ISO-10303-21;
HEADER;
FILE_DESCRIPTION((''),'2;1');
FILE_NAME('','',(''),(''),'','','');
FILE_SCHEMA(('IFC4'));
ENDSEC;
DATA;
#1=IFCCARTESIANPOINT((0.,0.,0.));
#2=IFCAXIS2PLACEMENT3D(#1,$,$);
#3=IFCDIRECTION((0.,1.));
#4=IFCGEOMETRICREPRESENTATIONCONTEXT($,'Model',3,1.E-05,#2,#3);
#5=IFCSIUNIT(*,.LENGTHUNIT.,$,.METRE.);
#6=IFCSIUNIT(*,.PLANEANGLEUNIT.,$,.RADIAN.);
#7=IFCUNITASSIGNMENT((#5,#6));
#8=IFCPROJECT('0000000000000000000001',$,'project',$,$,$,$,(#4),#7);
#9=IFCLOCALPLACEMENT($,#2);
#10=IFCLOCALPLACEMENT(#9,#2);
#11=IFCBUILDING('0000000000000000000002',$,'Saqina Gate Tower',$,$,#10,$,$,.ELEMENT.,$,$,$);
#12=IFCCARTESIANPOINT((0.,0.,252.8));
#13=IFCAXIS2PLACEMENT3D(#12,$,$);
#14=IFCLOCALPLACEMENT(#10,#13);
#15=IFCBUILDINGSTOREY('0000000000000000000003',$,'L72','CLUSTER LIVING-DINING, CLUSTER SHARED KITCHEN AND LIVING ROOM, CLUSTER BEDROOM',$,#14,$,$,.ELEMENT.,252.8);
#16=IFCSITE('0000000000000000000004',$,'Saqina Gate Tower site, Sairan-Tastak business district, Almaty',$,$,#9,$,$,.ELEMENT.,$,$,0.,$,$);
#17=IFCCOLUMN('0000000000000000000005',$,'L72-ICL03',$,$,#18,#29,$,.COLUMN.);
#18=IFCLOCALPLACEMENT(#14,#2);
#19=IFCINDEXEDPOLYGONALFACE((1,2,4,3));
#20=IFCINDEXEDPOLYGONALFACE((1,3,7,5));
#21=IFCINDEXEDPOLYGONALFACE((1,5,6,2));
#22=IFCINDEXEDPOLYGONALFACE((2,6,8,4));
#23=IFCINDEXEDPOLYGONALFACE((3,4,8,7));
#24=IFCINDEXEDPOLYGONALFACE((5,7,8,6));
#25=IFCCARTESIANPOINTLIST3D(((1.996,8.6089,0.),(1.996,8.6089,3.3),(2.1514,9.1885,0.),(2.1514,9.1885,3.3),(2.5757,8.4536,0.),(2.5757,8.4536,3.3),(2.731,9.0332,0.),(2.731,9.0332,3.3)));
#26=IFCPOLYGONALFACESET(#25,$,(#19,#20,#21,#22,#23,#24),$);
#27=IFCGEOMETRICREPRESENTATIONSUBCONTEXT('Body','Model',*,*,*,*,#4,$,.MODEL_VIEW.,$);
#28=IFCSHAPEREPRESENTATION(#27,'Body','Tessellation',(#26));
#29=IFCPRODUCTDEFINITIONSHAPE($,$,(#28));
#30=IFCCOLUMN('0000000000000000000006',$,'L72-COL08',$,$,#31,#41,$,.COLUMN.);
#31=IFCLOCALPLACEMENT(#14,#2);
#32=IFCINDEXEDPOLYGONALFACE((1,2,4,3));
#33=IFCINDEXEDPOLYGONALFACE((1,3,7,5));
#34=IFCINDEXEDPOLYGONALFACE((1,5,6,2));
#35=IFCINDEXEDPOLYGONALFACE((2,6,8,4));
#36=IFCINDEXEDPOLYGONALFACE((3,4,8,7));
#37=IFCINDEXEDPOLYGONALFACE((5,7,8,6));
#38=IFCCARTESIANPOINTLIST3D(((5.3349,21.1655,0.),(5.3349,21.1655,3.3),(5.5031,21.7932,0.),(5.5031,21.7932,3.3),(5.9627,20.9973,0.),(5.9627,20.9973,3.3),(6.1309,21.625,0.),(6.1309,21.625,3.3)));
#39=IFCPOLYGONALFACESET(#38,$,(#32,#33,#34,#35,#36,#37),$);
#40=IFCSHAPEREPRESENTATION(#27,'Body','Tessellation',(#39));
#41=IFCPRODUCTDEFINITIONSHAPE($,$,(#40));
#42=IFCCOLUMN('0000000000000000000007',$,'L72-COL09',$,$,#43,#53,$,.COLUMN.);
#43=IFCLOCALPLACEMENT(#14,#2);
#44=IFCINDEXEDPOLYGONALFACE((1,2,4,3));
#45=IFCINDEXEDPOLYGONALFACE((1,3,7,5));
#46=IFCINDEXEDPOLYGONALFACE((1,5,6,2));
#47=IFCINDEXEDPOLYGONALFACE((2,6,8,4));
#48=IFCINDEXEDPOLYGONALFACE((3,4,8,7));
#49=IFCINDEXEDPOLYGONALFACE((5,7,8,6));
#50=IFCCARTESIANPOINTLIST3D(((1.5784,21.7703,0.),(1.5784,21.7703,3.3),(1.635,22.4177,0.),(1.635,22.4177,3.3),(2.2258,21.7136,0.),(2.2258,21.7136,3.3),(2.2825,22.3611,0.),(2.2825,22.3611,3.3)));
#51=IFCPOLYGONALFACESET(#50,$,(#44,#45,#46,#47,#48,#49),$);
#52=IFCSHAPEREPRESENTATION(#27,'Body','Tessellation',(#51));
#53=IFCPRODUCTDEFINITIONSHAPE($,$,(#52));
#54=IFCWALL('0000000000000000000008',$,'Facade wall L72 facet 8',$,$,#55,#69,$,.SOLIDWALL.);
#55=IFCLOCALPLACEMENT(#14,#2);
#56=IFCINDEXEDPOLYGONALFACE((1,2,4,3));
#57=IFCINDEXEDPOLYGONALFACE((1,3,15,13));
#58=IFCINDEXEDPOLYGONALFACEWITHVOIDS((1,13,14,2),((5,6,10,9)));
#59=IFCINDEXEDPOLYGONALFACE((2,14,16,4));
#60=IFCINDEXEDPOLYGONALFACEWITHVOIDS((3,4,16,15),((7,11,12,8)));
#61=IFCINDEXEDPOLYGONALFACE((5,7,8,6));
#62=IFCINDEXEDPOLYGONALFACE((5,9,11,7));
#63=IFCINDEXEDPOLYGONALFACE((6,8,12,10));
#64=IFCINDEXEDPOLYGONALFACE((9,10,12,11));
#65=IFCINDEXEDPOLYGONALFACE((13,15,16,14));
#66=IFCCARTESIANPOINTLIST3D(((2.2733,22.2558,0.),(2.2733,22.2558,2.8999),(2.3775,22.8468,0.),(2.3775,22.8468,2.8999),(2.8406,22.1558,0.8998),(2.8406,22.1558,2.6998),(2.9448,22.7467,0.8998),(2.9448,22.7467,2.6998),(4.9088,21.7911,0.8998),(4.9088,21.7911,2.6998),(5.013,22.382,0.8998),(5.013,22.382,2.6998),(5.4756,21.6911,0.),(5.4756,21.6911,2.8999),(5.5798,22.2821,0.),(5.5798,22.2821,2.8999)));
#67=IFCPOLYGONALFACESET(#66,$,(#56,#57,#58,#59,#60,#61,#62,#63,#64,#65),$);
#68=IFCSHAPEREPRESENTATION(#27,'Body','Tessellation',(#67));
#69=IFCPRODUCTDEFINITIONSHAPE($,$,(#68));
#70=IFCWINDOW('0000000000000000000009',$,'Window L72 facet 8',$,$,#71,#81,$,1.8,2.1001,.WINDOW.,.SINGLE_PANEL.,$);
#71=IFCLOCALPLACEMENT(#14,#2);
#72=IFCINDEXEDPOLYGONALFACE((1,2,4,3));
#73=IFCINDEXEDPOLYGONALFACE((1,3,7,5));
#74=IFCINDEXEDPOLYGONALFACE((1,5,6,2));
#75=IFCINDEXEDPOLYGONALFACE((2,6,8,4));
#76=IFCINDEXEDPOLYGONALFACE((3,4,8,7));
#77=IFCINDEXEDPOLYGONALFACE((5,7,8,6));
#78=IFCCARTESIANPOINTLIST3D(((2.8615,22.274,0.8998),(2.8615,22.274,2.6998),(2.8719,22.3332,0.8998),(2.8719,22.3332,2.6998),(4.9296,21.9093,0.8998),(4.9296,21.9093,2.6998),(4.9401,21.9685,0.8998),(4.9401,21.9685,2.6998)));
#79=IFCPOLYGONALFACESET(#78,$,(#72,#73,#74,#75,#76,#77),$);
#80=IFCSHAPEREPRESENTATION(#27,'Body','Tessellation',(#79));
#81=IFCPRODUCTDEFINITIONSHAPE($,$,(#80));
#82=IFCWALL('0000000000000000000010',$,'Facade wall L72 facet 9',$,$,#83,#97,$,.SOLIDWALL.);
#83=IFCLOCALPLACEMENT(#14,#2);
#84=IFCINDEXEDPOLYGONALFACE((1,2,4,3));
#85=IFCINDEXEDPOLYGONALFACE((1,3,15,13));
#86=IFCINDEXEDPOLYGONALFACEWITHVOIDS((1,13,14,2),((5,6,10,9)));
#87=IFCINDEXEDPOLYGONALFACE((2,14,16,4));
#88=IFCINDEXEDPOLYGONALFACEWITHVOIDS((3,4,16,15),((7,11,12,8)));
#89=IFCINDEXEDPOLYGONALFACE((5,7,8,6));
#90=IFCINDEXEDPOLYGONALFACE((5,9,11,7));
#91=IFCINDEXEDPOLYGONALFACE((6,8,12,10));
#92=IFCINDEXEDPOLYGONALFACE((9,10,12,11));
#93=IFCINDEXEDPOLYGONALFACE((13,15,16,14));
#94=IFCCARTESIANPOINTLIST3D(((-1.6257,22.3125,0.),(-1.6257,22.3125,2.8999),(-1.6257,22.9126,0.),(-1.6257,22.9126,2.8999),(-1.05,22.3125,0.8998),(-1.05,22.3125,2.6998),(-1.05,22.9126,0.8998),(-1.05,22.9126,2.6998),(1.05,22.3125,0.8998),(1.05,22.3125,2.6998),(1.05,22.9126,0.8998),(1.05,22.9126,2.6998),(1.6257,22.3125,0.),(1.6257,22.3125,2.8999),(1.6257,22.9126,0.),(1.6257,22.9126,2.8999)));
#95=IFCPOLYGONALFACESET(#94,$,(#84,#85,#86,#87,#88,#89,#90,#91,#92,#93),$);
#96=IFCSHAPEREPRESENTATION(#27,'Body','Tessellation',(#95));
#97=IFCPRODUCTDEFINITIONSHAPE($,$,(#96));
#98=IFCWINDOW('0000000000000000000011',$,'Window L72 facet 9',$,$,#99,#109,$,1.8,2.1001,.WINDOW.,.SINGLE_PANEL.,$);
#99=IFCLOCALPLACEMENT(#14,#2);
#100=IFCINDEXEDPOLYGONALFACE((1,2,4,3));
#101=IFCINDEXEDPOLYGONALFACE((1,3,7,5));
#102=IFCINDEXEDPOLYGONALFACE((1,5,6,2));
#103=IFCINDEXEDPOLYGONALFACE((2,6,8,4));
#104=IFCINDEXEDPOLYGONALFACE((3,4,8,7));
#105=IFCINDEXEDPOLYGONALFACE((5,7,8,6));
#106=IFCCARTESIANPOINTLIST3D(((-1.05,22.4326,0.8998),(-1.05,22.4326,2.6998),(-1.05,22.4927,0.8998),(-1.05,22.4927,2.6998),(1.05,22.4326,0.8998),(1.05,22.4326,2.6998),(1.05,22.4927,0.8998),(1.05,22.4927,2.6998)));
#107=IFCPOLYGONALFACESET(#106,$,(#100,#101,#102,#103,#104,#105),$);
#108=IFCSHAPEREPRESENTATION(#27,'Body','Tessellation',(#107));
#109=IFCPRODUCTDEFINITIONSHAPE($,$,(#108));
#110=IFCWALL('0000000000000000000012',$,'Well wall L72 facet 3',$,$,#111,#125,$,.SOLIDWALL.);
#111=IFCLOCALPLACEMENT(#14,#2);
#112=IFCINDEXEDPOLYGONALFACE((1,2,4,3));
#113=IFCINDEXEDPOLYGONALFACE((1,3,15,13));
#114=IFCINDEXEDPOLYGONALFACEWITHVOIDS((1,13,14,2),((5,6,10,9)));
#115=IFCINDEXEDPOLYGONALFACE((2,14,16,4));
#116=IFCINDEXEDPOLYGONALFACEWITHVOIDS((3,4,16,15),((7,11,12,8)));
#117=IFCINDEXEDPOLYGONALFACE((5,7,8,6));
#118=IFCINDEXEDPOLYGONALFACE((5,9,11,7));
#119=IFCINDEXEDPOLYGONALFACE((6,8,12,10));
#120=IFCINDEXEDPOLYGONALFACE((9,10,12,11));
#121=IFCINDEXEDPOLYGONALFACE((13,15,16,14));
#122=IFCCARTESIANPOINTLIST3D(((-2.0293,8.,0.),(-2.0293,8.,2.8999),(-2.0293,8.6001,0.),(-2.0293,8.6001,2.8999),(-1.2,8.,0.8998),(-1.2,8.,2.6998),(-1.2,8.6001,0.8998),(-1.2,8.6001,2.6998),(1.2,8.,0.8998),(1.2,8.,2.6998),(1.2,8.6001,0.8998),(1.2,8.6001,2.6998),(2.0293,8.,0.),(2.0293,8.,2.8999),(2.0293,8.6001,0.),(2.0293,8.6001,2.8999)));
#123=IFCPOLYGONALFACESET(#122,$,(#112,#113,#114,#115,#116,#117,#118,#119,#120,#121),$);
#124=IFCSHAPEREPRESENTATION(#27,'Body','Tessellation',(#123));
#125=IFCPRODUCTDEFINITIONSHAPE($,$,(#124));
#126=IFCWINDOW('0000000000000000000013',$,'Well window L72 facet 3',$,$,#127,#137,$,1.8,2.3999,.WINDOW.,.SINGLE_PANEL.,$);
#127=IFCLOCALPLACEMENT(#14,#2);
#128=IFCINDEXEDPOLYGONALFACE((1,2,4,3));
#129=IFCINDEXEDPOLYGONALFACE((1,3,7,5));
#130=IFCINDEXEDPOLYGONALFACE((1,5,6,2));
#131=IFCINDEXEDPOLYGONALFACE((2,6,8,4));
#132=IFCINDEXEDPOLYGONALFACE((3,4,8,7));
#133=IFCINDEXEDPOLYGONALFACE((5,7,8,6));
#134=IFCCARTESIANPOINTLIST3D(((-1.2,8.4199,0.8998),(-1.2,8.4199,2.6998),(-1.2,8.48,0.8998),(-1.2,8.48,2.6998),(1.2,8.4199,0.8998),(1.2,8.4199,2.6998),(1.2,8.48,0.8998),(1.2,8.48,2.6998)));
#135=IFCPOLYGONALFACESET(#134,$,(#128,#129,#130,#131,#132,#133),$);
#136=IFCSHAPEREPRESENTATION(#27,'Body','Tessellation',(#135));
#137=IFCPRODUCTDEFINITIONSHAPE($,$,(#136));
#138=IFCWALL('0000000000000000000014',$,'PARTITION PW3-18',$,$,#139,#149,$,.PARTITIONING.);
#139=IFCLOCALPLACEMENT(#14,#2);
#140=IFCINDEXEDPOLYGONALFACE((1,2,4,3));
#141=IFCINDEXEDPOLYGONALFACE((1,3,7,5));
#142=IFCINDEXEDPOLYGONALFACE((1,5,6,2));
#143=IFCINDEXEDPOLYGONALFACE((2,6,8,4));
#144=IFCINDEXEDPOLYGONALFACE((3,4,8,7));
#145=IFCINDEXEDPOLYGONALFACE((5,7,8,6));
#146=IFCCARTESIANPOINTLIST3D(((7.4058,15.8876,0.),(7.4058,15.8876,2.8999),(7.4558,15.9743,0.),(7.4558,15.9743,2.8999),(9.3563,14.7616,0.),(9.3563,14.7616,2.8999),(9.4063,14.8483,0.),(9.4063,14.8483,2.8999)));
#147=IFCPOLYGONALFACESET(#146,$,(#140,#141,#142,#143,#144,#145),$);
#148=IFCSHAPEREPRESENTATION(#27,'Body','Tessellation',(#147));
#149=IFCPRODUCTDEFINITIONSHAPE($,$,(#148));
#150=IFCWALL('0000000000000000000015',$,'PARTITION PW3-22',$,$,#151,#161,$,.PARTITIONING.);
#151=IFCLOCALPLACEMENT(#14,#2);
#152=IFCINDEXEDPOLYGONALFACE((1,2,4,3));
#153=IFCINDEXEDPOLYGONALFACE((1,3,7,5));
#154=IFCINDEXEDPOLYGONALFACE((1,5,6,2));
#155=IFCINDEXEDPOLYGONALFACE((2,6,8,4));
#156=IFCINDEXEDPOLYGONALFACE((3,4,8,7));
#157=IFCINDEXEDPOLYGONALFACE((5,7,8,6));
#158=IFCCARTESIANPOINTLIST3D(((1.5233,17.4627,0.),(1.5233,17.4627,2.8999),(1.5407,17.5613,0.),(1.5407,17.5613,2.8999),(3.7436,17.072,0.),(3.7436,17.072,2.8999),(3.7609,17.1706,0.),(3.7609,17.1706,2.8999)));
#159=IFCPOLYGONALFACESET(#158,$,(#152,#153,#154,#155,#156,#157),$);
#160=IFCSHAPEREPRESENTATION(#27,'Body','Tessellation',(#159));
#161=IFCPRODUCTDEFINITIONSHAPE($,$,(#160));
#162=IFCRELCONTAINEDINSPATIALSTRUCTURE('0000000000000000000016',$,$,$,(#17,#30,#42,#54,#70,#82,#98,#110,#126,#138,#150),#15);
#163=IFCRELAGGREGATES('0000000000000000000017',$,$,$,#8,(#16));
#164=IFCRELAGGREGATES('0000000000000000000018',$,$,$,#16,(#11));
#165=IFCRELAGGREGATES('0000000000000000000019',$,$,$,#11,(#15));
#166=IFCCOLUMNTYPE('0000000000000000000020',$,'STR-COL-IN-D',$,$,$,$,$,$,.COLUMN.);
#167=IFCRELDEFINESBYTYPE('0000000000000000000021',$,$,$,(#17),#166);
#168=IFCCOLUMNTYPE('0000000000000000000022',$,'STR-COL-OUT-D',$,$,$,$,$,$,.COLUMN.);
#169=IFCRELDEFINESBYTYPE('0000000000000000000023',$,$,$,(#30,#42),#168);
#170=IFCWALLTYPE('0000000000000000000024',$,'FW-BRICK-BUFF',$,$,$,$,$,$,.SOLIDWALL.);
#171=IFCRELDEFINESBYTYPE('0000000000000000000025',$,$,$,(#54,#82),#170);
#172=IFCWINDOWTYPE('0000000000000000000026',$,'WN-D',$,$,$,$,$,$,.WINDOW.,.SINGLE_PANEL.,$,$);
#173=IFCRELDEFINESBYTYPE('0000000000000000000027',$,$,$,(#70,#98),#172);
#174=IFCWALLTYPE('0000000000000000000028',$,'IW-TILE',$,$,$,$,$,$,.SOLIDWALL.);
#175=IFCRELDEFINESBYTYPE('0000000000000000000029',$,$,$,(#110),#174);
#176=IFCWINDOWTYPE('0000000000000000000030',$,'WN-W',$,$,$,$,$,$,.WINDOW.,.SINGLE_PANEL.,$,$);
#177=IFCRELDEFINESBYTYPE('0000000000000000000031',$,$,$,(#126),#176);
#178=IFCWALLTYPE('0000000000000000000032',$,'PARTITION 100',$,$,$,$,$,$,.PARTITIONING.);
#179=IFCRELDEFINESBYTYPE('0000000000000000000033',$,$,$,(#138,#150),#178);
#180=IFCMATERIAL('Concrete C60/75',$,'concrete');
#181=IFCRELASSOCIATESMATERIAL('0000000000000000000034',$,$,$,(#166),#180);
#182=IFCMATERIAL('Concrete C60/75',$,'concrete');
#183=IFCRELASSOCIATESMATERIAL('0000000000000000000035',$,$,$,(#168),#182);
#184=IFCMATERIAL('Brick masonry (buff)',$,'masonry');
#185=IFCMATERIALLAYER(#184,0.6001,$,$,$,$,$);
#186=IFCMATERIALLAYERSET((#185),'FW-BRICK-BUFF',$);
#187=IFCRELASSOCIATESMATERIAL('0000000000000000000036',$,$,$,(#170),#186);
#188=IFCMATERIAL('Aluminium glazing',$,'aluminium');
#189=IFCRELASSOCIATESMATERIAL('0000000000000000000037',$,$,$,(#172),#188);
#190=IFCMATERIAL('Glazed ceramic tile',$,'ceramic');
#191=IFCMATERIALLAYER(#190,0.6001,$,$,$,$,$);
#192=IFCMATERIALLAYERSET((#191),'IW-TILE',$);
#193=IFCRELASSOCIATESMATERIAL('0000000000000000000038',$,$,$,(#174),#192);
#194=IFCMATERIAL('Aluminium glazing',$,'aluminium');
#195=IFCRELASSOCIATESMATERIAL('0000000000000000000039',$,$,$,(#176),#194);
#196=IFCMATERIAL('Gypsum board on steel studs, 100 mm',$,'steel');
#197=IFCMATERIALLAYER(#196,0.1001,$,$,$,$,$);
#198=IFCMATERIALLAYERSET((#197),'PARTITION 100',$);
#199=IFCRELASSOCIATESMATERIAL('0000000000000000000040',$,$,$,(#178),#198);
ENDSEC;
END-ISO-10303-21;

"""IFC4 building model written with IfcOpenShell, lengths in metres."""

from ifc_helpers import new_model, si_unit, direction, frame, frame_2d, origin, origin_2d, place, context, subcontext, project, spatial, rectangle, extrude, material, layer, layer_set, material_profile, profile_set, type_object, element, fill, save


model = new_model("IFC4")

# Units and contexts
model_context = context("Model", 3, precision=1e-05, world=origin(), true_north=direction((0.0, 1.0)))
body_context = subcontext(model_context, "Body", "Model", "MODEL_VIEW")
ifc_project = project(units=[si_unit("LENGTHUNIT", "METRE"), si_unit("PLANEANGLEUNIT", "RADIAN")], contexts=[model_context])

# Site, building, storey
site_placement = place(None, origin())
site = spatial("IfcSite", under=ifc_project, at=site_placement, Name="Saqina Gate Tower site, Sairan-Tastak business district, Almaty", CompositionType="ELEMENT", RefElevation=0.0)
building_placement = place(site_placement, origin())
building = spatial("IfcBuilding", under=site, at=building_placement, Name="Saqina Gate Tower", CompositionType="ELEMENT")
storey_placement = place(building_placement, frame((0.0, 0.0, 252.8)))
storey = spatial("IfcBuildingStorey", under=building, at=storey_placement, Name="L72", Description="CLUSTER LIVING-DINING, CLUSTER SHARED KITCHEN AND LIVING ROOM, CLUSTER BEDROOM", CompositionType="ELEMENT", Elevation=252.8)

# Columns
ifc_material_1 = material(Name="Concrete C60/75", Category="concrete")
ifc_material_profile_1 = material_profile(ifc_material_1, rectangle(XDim=0.6001, YDim=0.6001, at=origin_2d()), Name="RC 600x600")
ifc_profile_set_1 = profile_set([ifc_material_profile_1], Name="Concrete C60/75")
column_type_1 = type_object("IfcColumnType", Name="STR-COL-IN-D", PredefinedType="COLUMN", material=ifc_profile_set_1)
column_placement = place(storey_placement, frame((2.3635, 8.821, 0.0), z_axis=(0.0, 0.0, 1.0), x_axis=(0.258819, 0.965926, 0.0)))
element("IfcColumn", 1, at=column_placement, inside=storey, type_object=column_type_1, Name="L72-ICL03", PredefinedType="COLUMN", context=body_context, shape_type="SweptSolid", body=[
    extrude(rectangle(XDim=0.6001, YDim=0.6001, at=origin_2d()), origin(), (0.0, 0.0, 1.0), 3.3),
])
ifc_material_2 = material(Name="Concrete C60/75", Category="concrete")
ifc_material_profile_2 = material_profile(ifc_material_2, rectangle(XDim=0.6499, YDim=0.6499, at=origin_2d()), Name="RC 650x650")
ifc_profile_set_2 = profile_set([ifc_material_profile_2], Name="Concrete C60/75")
column_type_2 = type_object("IfcColumnType", Name="STR-COL-OUT-D", PredefinedType="COLUMN", material=ifc_profile_set_2)
for number, where, z_axis, x_axis, name in (
    (2, (5.7329, 21.3953, 0.0), (0.0, 0.0, 1.0), (0.258819, 0.965926, 0.0), "L72-COL08"),
    (3, (1.9304, 22.0657, 0.0), (0.0, 0.0, 1.0), (0.087156, 0.996195, 0.0), "L72-COL09"),
):
    element("IfcColumn", number, at=place(storey_placement, frame(where, z_axis=z_axis, x_axis=x_axis)), inside=storey, type_object=column_type_2, Name=name, PredefinedType="COLUMN", context=body_context, shape_type="SweptSolid", body=[
        extrude(rectangle(XDim=0.6499, YDim=0.6499, at=origin_2d()), origin(), (0.0, 0.0, 1.0), 3.3),
    ])

# Walls, openings, windows
ifc_material_3 = material(Name="Brick masonry (buff)", Category="masonry")
ifc_layer_1 = layer(ifc_material_3, 0.6001)
ifc_layer_set_1 = layer_set([ifc_layer_1], Name="FW-BRICK-BUFF")
wall_type_1 = type_object("IfcWallType", Name="FW-BRICK-BUFF", PredefinedType="SOLIDWALL", material=ifc_layer_set_1)
wall_1_placement = place(storey_placement, frame((5.5278, 21.9866, 0.0), z_axis=(0.0, 0.0, 1.0), x_axis=(-0.984806, 0.173657, 0.0)))
wall_1 = element("IfcWall", 4, at=wall_1_placement, inside=storey, type_object=wall_type_1, Name="Facade wall L72 facet 8", PredefinedType="SOLIDWALL", context=body_context, shape_type="SweptSolid", body=[
    extrude(rectangle(XDim=3.2517, YDim=0.6001, at=frame_2d((1.626, 0.0))), origin(), (0.0, 0.0, 1.0), 2.8999),
])
opening_1_placement = place(wall_1_placement, frame((0.5757, 0.0, 0.8999)))
opening_1 = element("IfcOpeningElement", 5, at=opening_1_placement, cuts=wall_1, PredefinedType="OPENING", context=body_context, shape_type="SweptSolid", body=[
    extrude(rectangle(XDim=2.1001, YDim=1.8, at=frame_2d((1.05, 0.8999))), frame((0.0, 0.312, 0.0), z_axis=(0.0, -1.0, 0.0), x_axis=(1.0, 0.0, 0.0)), (0.0, 0.0, 1.0), 0.624),
])
ifc_material_4 = material(Name="Aluminium glazing", Category="aluminium")
window_type_1 = type_object("IfcWindowType", Name="WN-D", PartitioningType="SINGLE_PANEL", PredefinedType="WINDOW", material=ifc_material_4)
window_1_placement = place(opening_1_placement, origin())
window_1 = element("IfcWindow", 6, at=window_1_placement, inside=storey, type_object=window_type_1, Name="Window L72 facet 8", OverallHeight=1.8, OverallWidth=2.1001, PartitioningType="SINGLE_PANEL", PredefinedType="WINDOW", context=body_context, shape_type="SweptSolid", body=[
    extrude(rectangle(XDim=2.1001, YDim=1.8, at=frame_2d((1.05, 0.8999))), frame((0.0, 0.1799, 0.0), z_axis=(0.0, -1.0, 0.0), x_axis=(1.0, 0.0, 0.0)), (0.0, 0.0, 1.0), 0.0601),
])
fill(opening_1, window_1)
wall_2_placement = place(storey_placement, frame((1.6257, 22.6125, 0.0), z_axis=(0.0, 0.0, 1.0), x_axis=(-1.0, 0.0, 0.0)))
wall_2 = element("IfcWall", 7, at=wall_2_placement, inside=storey, type_object=wall_type_1, Name="Facade wall L72 facet 9", PredefinedType="SOLIDWALL", context=body_context, shape_type="SweptSolid", body=[
    extrude(rectangle(XDim=3.2515, YDim=0.6001, at=frame_2d((1.6257, 0.0))), origin(), (0.0, 0.0, 1.0), 2.8999),
])
opening_2_placement = place(wall_2_placement, frame((0.5757, 0.0, 0.8999)))
opening_2 = element("IfcOpeningElement", 8, at=opening_2_placement, cuts=wall_2, PredefinedType="OPENING", context=body_context, shape_type="SweptSolid", body=[
    extrude(rectangle(XDim=2.1001, YDim=1.8, at=frame_2d((1.05, 0.8999))), frame((0.0, 0.312, 0.0), z_axis=(0.0, -1.0, 0.0), x_axis=(1.0, 0.0, 0.0)), (0.0, 0.0, 1.0), 0.624),
])
window_2_placement = place(opening_2_placement, origin())
window_2 = element("IfcWindow", 9, at=window_2_placement, inside=storey, type_object=window_type_1, Name="Window L72 facet 9", OverallHeight=1.8, OverallWidth=2.1001, PartitioningType="SINGLE_PANEL", PredefinedType="WINDOW", context=body_context, shape_type="SweptSolid", body=[
    extrude(rectangle(XDim=2.1001, YDim=1.8, at=frame_2d((1.05, 0.8999))), frame((0.0, 0.1799, 0.0), z_axis=(0.0, -1.0, 0.0), x_axis=(1.0, 0.0, 0.0)), (0.0, 0.0, 1.0), 0.0601),
])
fill(opening_2, window_2)
ifc_material_5 = material(Name="Glazed ceramic tile", Category="ceramic")
ifc_layer_2 = layer(ifc_material_5, 0.6001)
ifc_layer_set_2 = layer_set([ifc_layer_2], Name="IW-TILE")
wall_type_2 = type_object("IfcWallType", Name="IW-TILE", PredefinedType="SOLIDWALL", material=ifc_layer_set_2)
wall_3_placement = place(storey_placement, frame((2.0293, 8.3, 0.0), z_axis=(0.0, 0.0, 1.0), x_axis=(-1.0, 0.0, 0.0)))
wall_3 = element("IfcWall", 10, at=wall_3_placement, inside=storey, type_object=wall_type_2, Name="Well wall L72 facet 3", PredefinedType="SOLIDWALL", context=body_context, shape_type="SweptSolid", body=[
    extrude(rectangle(XDim=4.0586, YDim=0.6001, at=frame_2d((2.0293, 0.0))), origin(), (0.0, 0.0, 1.0), 2.8999),
])
opening_3_placement = place(wall_3_placement, frame((0.8293, 0.0, 0.8999)))
opening_3 = element("IfcOpeningElement", 11, at=opening_3_placement, cuts=wall_3, PredefinedType="OPENING", context=body_context, shape_type="SweptSolid", body=[
    extrude(rectangle(XDim=2.3999, YDim=1.8, at=frame_2d((1.2, 0.8999))), frame((0.0, 0.312, 0.0), z_axis=(0.0, -1.0, 0.0), x_axis=(1.0, 0.0, 0.0)), (0.0, 0.0, 1.0), 0.624),
])
ifc_material_6 = material(Name="Aluminium glazing", Category="aluminium")
window_type_2 = type_object("IfcWindowType", Name="WN-W", PartitioningType="SINGLE_PANEL", PredefinedType="WINDOW", material=ifc_material_6)
window_3_placement = place(opening_3_placement, origin())
window_3 = element("IfcWindow", 12, at=window_3_placement, inside=storey, type_object=window_type_2, Name="Well window L72 facet 3", OverallHeight=1.8, OverallWidth=2.3999, PartitioningType="SINGLE_PANEL", PredefinedType="WINDOW", context=body_context, shape_type="SweptSolid", body=[
    extrude(rectangle(XDim=2.3999, YDim=1.8, at=frame_2d((1.2, 0.8999))), frame((0.0, -0.1199, 0.0), z_axis=(0.0, -1.0, 0.0), x_axis=(1.0, 0.0, 0.0)), (0.0, 0.0, 1.0), 0.0601),
])
fill(opening_3, window_3)

# Walls
ifc_material_7 = material(Name="Gypsum board on steel studs, 100 mm", Category="steel")
ifc_layer_3 = layer(ifc_material_7, 0.1001)
ifc_layer_set_3 = layer_set([ifc_layer_3], Name="PARTITION 100")
wall_type_3 = type_object("IfcWallType", Name="PARTITION 100", PredefinedType="PARTITIONING", material=ifc_layer_set_3)
wall_4_placement = place(storey_placement, frame((7.4309, 15.9309, 0.0), z_axis=(0.0, 0.0, 1.0), x_axis=(0.866047, -0.499963, 0.0)))
element("IfcWall", 13, at=wall_4_placement, inside=storey, type_object=wall_type_3, Name="PARTITION PW3-18", PredefinedType="PARTITIONING", context=body_context, shape_type="SweptSolid", body=[
    extrude(rectangle(XDim=2.2522, YDim=0.1001, at=frame_2d((1.126, 0.0))), origin(), (0.0, 0.0, 1.0), 2.8999),
])
wall_5_placement = place(storey_placement, frame((1.532, 17.512, 0.0), z_axis=(0.0, 0.0, 1.0), x_axis=(0.984873, -0.173279, 0.0)))
element("IfcWall", 14, at=wall_5_placement, inside=storey, type_object=wall_type_3, Name="PARTITION PW3-22", PredefinedType="PARTITIONING", context=body_context, shape_type="SweptSolid", body=[
    extrude(rectangle(XDim=2.2544, YDim=0.1001, at=frame_2d((1.1272, 0.0))), origin(), (0.0, 0.0, 1.0), 2.8999),
])

save(model, "model.ifc")
